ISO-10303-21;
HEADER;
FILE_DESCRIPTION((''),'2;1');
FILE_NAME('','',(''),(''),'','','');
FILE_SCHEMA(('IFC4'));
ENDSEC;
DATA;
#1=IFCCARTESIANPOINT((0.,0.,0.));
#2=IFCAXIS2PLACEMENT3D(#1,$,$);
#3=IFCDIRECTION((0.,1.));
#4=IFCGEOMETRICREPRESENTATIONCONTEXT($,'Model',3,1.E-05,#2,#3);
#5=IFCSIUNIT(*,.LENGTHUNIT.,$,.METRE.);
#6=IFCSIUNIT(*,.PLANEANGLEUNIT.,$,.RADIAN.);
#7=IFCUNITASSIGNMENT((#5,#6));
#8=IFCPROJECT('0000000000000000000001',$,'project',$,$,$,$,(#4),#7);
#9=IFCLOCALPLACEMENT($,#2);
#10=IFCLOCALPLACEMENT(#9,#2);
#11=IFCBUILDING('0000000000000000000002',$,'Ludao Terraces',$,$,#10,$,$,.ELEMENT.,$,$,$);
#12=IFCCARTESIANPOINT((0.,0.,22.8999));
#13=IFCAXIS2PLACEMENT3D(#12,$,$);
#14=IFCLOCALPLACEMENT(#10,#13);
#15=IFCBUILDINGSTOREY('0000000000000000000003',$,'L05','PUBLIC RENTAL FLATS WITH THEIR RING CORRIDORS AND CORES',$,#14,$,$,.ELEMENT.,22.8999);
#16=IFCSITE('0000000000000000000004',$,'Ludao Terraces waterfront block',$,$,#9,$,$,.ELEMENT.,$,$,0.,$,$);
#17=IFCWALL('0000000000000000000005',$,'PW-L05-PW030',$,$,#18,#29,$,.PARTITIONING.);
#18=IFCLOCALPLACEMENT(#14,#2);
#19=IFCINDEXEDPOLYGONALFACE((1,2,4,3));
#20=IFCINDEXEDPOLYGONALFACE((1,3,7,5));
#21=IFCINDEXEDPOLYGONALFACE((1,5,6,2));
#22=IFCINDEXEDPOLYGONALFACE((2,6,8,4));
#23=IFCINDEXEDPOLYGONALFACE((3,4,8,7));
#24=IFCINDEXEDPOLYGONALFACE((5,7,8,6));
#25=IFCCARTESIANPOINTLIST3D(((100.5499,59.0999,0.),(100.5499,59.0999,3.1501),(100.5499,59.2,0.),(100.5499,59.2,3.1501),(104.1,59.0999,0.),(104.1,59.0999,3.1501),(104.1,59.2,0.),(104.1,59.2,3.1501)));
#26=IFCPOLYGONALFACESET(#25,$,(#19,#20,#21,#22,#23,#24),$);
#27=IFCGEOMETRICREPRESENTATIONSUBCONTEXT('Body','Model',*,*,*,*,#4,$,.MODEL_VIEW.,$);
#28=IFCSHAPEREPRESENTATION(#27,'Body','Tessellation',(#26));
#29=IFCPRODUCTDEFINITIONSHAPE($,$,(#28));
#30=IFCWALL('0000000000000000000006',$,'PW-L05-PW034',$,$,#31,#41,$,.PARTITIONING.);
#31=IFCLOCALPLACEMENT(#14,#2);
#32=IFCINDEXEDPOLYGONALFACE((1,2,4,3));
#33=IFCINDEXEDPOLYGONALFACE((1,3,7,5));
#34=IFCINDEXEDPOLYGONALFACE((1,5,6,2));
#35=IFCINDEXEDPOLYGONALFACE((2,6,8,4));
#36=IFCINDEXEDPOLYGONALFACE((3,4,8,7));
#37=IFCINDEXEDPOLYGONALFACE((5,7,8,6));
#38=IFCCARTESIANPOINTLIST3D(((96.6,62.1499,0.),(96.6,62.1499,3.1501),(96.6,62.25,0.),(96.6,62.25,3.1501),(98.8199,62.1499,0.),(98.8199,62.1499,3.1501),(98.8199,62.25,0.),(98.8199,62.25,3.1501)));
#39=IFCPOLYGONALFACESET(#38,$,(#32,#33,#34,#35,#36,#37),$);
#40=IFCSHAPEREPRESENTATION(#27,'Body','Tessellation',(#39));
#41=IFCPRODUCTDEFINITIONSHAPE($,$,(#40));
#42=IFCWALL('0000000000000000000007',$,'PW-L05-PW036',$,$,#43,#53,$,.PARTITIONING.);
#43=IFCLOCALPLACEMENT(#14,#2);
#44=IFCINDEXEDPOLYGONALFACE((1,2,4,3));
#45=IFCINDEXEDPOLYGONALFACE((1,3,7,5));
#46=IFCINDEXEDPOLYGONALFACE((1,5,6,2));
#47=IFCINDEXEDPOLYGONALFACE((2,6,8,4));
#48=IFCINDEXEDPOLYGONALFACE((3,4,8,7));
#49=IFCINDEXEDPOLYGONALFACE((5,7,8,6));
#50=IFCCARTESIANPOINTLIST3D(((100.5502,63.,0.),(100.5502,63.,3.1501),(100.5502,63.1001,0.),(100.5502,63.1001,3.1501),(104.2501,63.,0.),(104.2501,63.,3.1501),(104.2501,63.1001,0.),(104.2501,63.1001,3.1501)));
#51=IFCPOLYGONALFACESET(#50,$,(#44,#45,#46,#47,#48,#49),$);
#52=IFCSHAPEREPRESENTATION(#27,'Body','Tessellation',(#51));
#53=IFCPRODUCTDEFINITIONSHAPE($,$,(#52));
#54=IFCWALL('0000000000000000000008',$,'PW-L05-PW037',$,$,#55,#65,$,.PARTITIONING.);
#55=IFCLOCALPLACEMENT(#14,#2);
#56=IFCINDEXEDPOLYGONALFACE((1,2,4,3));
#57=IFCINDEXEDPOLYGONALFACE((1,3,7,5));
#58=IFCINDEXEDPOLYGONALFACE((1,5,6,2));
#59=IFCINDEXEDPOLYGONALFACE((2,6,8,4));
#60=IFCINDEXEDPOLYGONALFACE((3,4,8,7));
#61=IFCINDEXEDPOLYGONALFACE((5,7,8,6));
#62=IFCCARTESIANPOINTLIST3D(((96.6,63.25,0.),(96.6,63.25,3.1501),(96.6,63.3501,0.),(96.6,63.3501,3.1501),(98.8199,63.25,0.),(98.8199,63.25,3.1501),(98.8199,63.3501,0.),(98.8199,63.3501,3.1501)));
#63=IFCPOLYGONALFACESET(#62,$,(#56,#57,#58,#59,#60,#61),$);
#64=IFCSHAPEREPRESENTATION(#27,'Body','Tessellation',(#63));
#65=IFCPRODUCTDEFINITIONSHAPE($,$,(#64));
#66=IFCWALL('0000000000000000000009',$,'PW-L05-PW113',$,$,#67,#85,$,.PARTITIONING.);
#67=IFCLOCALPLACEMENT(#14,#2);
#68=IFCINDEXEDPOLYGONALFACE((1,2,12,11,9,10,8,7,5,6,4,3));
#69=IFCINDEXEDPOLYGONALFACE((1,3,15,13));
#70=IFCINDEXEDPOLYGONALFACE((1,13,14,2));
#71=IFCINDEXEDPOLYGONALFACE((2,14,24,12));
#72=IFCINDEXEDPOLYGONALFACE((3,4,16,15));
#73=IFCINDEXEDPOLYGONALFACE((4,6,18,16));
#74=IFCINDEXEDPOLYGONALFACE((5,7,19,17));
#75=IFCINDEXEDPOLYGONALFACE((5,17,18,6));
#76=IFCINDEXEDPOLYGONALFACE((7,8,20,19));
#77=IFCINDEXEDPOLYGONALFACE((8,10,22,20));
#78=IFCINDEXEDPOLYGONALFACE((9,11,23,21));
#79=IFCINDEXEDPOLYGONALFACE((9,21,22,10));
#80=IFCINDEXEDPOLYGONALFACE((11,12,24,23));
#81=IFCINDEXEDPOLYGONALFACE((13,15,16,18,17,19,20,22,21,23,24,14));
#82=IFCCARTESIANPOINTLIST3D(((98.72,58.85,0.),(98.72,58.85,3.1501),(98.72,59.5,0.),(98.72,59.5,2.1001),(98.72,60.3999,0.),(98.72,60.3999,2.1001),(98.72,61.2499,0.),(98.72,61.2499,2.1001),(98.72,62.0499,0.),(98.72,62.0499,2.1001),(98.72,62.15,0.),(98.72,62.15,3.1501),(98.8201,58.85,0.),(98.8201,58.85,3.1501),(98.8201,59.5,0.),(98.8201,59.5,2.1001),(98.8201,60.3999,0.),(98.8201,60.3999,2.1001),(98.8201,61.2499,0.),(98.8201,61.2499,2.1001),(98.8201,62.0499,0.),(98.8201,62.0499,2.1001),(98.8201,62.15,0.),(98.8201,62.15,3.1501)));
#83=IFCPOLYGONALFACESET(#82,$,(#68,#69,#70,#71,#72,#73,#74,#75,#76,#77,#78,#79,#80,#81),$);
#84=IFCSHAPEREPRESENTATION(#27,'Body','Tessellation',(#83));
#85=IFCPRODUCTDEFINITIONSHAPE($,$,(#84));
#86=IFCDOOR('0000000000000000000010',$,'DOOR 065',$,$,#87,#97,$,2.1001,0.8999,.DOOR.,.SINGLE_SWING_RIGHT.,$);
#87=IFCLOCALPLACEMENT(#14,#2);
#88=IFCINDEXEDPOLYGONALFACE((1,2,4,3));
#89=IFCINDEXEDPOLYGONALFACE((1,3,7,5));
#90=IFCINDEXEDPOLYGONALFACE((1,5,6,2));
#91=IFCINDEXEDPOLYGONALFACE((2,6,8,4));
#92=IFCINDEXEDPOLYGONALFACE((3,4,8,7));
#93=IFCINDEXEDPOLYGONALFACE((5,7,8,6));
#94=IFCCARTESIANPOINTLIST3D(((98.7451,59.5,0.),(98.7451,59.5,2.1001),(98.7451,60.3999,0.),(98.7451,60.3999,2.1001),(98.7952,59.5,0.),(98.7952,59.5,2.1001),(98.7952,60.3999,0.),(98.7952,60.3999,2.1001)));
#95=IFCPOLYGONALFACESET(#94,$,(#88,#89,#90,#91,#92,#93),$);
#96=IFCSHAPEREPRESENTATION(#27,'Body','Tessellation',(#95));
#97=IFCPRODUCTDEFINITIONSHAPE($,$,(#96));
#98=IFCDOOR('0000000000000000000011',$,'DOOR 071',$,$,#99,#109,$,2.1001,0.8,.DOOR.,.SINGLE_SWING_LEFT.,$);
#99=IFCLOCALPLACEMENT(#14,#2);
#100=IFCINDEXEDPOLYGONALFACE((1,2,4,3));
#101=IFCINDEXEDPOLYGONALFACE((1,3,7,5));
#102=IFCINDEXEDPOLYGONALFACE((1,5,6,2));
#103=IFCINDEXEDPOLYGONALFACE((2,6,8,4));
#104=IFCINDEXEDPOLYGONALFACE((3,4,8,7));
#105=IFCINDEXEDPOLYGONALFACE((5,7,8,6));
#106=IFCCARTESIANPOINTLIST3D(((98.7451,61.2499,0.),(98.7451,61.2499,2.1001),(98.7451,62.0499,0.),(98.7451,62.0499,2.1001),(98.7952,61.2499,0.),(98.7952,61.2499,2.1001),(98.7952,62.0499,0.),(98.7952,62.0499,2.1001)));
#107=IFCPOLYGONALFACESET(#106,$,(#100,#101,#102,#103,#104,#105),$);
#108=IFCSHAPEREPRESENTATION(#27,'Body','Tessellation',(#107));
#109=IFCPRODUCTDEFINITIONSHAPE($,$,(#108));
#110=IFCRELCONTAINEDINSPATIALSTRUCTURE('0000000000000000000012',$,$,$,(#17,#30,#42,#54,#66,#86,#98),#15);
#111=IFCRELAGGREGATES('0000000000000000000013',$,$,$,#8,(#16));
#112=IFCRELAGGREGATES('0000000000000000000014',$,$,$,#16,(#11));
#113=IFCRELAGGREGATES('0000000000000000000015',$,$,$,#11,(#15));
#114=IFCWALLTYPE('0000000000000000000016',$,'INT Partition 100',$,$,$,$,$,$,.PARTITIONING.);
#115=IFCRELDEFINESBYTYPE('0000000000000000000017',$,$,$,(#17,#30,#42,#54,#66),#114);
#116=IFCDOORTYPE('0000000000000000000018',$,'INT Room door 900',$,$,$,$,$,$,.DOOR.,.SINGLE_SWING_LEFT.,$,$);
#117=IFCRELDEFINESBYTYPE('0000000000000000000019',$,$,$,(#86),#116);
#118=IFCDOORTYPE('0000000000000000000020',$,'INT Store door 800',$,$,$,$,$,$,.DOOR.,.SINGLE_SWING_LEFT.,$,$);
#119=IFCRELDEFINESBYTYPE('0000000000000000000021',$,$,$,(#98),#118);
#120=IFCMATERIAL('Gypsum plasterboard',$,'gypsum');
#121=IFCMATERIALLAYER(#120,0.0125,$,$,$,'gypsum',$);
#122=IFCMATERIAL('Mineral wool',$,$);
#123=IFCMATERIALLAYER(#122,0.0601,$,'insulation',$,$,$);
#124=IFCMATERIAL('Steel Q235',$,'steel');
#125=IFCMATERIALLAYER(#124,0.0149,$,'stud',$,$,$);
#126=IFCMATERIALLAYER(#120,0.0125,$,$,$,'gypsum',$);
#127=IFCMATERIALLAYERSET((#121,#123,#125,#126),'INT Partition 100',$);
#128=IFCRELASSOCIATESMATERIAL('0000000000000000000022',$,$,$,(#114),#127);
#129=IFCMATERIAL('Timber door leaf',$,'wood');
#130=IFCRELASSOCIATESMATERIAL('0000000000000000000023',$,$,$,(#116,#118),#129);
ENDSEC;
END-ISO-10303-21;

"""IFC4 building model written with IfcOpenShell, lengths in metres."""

from ifc_helpers import new_model, si_unit, direction, frame, frame_2d, origin, place, context, subcontext, project, spatial, rectangle, extrude, material, layer, layer_set, type_object, element, fill, save


model = new_model("IFC4")

# Units and contexts
model_context = context("Model", 3, precision=1e-05, world=origin(), true_north=direction((0.0, 1.0)))
body_context = subcontext(model_context, "Body", "Model", "MODEL_VIEW")
ifc_project = project(units=[si_unit("LENGTHUNIT", "METRE"), si_unit("PLANEANGLEUNIT", "RADIAN")], contexts=[model_context])

# Site, building, storey
site_placement = place(None, origin())
site = spatial("IfcSite", under=ifc_project, at=site_placement, Name="Ludao Terraces waterfront block", CompositionType="ELEMENT", RefElevation=0.0)
building_placement = place(site_placement, origin())
building = spatial("IfcBuilding", under=site, at=building_placement, Name="Ludao Terraces", CompositionType="ELEMENT")
storey_placement = place(building_placement, frame((0.0, 0.0, 22.8999)))
storey = spatial("IfcBuildingStorey", under=building, at=storey_placement, Name="L05", Description="PUBLIC RENTAL FLATS WITH THEIR RING CORRIDORS AND CORES", CompositionType="ELEMENT", Elevation=22.8999)

# Walls
ifc_material_1 = material(Name="Gypsum plasterboard", Category="gypsum")
ifc_layer_1 = layer(ifc_material_1, 0.0125, Category="gypsum")
ifc_material_2 = material(Name="Mineral wool")
ifc_layer_2 = layer(ifc_material_2, 0.0601, Name="insulation")
ifc_material_3 = material(Name="Steel Q235", Category="steel")
ifc_layer_3 = layer(ifc_material_3, 0.0149, Name="stud")
ifc_layer_4 = layer(ifc_material_1, 0.0125, Category="gypsum")
ifc_layer_set = layer_set([ifc_layer_1, ifc_layer_2, ifc_layer_3, ifc_layer_4], Name="INT Partition 100")
wall_type = type_object("IfcWallType", Name="INT Partition 100", PredefinedType="PARTITIONING", material=ifc_layer_set)
wall_1_placement = place(storey_placement, frame((100.55, 59.1499, 0.0), z_axis=(0.0, 0.0, 1.0), x_axis=(1.0, 0.0, 0.0)))
element("IfcWall", 1, at=wall_1_placement, inside=storey, type_object=wall_type, Name="PW-L05-PW030", PredefinedType="PARTITIONING", context=body_context, shape_type="SweptSolid", body=[
    extrude(rectangle(XDim=3.55, YDim=0.1001, at=frame_2d((1.7749, 0.0))), origin(), (0.0, 0.0, 1.0), 3.1501),
])
wall_2_placement = place(storey_placement, frame((96.6001, 62.2, 0.0), z_axis=(0.0, 0.0, 1.0), x_axis=(1.0, 0.0, 0.0)))
element("IfcWall", 2, at=wall_2_placement, inside=storey, type_object=wall_type, Name="PW-L05-PW034", PredefinedType="PARTITIONING", context=body_context, shape_type="SweptSolid", body=[
    extrude(rectangle(XDim=2.22, YDim=0.1001, at=frame_2d((1.1099, 0.0))), origin(), (0.0, 0.0, 1.0), 3.1501),
])
wall_3_placement = place(storey_placement, frame((100.55, 63.05, 0.0), z_axis=(0.0, 0.0, 1.0), x_axis=(1.0, 0.0, 0.0)))
element("IfcWall", 3, at=wall_3_placement, inside=storey, type_object=wall_type, Name="PW-L05-PW036", PredefinedType="PARTITIONING", context=body_context, shape_type="SweptSolid", body=[
    extrude(rectangle(XDim=3.7, YDim=0.1001, at=frame_2d((1.8501, 0.0))), origin(), (0.0, 0.0, 1.0), 3.1501),
])
wall_4_placement = place(storey_placement, frame((96.6001, 63.3, 0.0), z_axis=(0.0, 0.0, 1.0), x_axis=(1.0, 0.0, 0.0)))
element("IfcWall", 4, at=wall_4_placement, inside=storey, type_object=wall_type, Name="PW-L05-PW037", PredefinedType="PARTITIONING", context=body_context, shape_type="SweptSolid", body=[
    extrude(rectangle(XDim=2.22, YDim=0.1001, at=frame_2d((1.1099, 0.0))), origin(), (0.0, 0.0, 1.0), 3.1501),
])

# Wall, openings, doors
wall_5_placement = place(storey_placement, frame((98.77, 58.8501, 0.0), z_axis=(0.0, 0.0, 1.0), x_axis=(0.0, 1.0, 0.0)))
wall_5 = element("IfcWall", 5, at=wall_5_placement, inside=storey, type_object=wall_type, Name="PW-L05-PW113", PredefinedType="PARTITIONING", context=body_context, shape_type="SweptSolid", body=[
    extrude(rectangle(XDim=3.3, YDim=0.1001, at=frame_2d((1.6499, 0.0))), origin(), (0.0, 0.0, 1.0), 3.1501),
])
opening_1_placement = place(wall_5_placement, frame((0.6499, 0.0, 0.0)))
opening_1 = element("IfcOpeningElement", 6, at=opening_1_placement, cuts=wall_5, PredefinedType="OPENING", context=body_context, shape_type="SweptSolid", body=[
    extrude(rectangle(XDim=0.8999, YDim=2.1001, at=frame_2d((0.45, 1.05))), frame((0.0, 0.0601, 0.0), z_axis=(0.0, -1.0, 0.0), x_axis=(1.0, 0.0, 0.0)), (0.0, 0.0, 1.0), 0.1201),
])
opening_2_placement = place(wall_5_placement, frame((2.3999, 0.0, 0.0)))
opening_2 = element("IfcOpeningElement", 7, at=opening_2_placement, cuts=wall_5, PredefinedType="OPENING", context=body_context, shape_type="SweptSolid", body=[
    extrude(rectangle(XDim=0.8, YDim=2.1001, at=frame_2d((0.3999, 1.05))), frame((0.0, 0.0601, 0.0), z_axis=(0.0, -1.0, 0.0), x_axis=(1.0, 0.0, 0.0)), (0.0, 0.0, 1.0), 0.1201),
])
ifc_material_4 = material(Name="Timber door leaf", Category="wood")
door_type_1 = type_object("IfcDoorType", Name="INT Room door 900", OperationType="SINGLE_SWING_LEFT", PredefinedType="DOOR", material=ifc_material_4)
door_1_placement = place(opening_1_placement, origin())
door_1 = element("IfcDoor", 8, at=door_1_placement, inside=storey, type_object=door_type_1, Name="DOOR 065", OperationType="SINGLE_SWING_RIGHT", OverallHeight=2.1001, OverallWidth=0.8999, PredefinedType="DOOR", context=body_context, shape_type="SweptSolid", body=[
    extrude(rectangle(XDim=0.8999, YDim=2.1001, at=frame_2d((0.45, 1.05))), frame((0.0, 0.0249, 0.0), z_axis=(0.0, -1.0, 0.0), x_axis=(1.0, 0.0, 0.0)), (0.0, 0.0, 1.0), 0.05),
])
fill(opening_1, door_1)
door_type_2 = type_object("IfcDoorType", Name="INT Store door 800", OperationType="SINGLE_SWING_LEFT", PredefinedType="DOOR", material=ifc_material_4)
door_2_placement = place(opening_2_placement, origin())
door_2 = element("IfcDoor", 9, at=door_2_placement, inside=storey, type_object=door_type_2, Name="DOOR 071", OperationType="SINGLE_SWING_LEFT", OverallHeight=2.1001, OverallWidth=0.8, PredefinedType="DOOR", context=body_context, shape_type="SweptSolid", body=[
    extrude(rectangle(XDim=0.8, YDim=2.1001, at=frame_2d((0.3999, 1.05))), frame((0.0, 0.0249, 0.0), z_axis=(0.0, -1.0, 0.0), x_axis=(1.0, 0.0, 0.0)), (0.0, 0.0, 1.0), 0.05),
])
fill(opening_2, door_2)

save(model, "model.ifc")
